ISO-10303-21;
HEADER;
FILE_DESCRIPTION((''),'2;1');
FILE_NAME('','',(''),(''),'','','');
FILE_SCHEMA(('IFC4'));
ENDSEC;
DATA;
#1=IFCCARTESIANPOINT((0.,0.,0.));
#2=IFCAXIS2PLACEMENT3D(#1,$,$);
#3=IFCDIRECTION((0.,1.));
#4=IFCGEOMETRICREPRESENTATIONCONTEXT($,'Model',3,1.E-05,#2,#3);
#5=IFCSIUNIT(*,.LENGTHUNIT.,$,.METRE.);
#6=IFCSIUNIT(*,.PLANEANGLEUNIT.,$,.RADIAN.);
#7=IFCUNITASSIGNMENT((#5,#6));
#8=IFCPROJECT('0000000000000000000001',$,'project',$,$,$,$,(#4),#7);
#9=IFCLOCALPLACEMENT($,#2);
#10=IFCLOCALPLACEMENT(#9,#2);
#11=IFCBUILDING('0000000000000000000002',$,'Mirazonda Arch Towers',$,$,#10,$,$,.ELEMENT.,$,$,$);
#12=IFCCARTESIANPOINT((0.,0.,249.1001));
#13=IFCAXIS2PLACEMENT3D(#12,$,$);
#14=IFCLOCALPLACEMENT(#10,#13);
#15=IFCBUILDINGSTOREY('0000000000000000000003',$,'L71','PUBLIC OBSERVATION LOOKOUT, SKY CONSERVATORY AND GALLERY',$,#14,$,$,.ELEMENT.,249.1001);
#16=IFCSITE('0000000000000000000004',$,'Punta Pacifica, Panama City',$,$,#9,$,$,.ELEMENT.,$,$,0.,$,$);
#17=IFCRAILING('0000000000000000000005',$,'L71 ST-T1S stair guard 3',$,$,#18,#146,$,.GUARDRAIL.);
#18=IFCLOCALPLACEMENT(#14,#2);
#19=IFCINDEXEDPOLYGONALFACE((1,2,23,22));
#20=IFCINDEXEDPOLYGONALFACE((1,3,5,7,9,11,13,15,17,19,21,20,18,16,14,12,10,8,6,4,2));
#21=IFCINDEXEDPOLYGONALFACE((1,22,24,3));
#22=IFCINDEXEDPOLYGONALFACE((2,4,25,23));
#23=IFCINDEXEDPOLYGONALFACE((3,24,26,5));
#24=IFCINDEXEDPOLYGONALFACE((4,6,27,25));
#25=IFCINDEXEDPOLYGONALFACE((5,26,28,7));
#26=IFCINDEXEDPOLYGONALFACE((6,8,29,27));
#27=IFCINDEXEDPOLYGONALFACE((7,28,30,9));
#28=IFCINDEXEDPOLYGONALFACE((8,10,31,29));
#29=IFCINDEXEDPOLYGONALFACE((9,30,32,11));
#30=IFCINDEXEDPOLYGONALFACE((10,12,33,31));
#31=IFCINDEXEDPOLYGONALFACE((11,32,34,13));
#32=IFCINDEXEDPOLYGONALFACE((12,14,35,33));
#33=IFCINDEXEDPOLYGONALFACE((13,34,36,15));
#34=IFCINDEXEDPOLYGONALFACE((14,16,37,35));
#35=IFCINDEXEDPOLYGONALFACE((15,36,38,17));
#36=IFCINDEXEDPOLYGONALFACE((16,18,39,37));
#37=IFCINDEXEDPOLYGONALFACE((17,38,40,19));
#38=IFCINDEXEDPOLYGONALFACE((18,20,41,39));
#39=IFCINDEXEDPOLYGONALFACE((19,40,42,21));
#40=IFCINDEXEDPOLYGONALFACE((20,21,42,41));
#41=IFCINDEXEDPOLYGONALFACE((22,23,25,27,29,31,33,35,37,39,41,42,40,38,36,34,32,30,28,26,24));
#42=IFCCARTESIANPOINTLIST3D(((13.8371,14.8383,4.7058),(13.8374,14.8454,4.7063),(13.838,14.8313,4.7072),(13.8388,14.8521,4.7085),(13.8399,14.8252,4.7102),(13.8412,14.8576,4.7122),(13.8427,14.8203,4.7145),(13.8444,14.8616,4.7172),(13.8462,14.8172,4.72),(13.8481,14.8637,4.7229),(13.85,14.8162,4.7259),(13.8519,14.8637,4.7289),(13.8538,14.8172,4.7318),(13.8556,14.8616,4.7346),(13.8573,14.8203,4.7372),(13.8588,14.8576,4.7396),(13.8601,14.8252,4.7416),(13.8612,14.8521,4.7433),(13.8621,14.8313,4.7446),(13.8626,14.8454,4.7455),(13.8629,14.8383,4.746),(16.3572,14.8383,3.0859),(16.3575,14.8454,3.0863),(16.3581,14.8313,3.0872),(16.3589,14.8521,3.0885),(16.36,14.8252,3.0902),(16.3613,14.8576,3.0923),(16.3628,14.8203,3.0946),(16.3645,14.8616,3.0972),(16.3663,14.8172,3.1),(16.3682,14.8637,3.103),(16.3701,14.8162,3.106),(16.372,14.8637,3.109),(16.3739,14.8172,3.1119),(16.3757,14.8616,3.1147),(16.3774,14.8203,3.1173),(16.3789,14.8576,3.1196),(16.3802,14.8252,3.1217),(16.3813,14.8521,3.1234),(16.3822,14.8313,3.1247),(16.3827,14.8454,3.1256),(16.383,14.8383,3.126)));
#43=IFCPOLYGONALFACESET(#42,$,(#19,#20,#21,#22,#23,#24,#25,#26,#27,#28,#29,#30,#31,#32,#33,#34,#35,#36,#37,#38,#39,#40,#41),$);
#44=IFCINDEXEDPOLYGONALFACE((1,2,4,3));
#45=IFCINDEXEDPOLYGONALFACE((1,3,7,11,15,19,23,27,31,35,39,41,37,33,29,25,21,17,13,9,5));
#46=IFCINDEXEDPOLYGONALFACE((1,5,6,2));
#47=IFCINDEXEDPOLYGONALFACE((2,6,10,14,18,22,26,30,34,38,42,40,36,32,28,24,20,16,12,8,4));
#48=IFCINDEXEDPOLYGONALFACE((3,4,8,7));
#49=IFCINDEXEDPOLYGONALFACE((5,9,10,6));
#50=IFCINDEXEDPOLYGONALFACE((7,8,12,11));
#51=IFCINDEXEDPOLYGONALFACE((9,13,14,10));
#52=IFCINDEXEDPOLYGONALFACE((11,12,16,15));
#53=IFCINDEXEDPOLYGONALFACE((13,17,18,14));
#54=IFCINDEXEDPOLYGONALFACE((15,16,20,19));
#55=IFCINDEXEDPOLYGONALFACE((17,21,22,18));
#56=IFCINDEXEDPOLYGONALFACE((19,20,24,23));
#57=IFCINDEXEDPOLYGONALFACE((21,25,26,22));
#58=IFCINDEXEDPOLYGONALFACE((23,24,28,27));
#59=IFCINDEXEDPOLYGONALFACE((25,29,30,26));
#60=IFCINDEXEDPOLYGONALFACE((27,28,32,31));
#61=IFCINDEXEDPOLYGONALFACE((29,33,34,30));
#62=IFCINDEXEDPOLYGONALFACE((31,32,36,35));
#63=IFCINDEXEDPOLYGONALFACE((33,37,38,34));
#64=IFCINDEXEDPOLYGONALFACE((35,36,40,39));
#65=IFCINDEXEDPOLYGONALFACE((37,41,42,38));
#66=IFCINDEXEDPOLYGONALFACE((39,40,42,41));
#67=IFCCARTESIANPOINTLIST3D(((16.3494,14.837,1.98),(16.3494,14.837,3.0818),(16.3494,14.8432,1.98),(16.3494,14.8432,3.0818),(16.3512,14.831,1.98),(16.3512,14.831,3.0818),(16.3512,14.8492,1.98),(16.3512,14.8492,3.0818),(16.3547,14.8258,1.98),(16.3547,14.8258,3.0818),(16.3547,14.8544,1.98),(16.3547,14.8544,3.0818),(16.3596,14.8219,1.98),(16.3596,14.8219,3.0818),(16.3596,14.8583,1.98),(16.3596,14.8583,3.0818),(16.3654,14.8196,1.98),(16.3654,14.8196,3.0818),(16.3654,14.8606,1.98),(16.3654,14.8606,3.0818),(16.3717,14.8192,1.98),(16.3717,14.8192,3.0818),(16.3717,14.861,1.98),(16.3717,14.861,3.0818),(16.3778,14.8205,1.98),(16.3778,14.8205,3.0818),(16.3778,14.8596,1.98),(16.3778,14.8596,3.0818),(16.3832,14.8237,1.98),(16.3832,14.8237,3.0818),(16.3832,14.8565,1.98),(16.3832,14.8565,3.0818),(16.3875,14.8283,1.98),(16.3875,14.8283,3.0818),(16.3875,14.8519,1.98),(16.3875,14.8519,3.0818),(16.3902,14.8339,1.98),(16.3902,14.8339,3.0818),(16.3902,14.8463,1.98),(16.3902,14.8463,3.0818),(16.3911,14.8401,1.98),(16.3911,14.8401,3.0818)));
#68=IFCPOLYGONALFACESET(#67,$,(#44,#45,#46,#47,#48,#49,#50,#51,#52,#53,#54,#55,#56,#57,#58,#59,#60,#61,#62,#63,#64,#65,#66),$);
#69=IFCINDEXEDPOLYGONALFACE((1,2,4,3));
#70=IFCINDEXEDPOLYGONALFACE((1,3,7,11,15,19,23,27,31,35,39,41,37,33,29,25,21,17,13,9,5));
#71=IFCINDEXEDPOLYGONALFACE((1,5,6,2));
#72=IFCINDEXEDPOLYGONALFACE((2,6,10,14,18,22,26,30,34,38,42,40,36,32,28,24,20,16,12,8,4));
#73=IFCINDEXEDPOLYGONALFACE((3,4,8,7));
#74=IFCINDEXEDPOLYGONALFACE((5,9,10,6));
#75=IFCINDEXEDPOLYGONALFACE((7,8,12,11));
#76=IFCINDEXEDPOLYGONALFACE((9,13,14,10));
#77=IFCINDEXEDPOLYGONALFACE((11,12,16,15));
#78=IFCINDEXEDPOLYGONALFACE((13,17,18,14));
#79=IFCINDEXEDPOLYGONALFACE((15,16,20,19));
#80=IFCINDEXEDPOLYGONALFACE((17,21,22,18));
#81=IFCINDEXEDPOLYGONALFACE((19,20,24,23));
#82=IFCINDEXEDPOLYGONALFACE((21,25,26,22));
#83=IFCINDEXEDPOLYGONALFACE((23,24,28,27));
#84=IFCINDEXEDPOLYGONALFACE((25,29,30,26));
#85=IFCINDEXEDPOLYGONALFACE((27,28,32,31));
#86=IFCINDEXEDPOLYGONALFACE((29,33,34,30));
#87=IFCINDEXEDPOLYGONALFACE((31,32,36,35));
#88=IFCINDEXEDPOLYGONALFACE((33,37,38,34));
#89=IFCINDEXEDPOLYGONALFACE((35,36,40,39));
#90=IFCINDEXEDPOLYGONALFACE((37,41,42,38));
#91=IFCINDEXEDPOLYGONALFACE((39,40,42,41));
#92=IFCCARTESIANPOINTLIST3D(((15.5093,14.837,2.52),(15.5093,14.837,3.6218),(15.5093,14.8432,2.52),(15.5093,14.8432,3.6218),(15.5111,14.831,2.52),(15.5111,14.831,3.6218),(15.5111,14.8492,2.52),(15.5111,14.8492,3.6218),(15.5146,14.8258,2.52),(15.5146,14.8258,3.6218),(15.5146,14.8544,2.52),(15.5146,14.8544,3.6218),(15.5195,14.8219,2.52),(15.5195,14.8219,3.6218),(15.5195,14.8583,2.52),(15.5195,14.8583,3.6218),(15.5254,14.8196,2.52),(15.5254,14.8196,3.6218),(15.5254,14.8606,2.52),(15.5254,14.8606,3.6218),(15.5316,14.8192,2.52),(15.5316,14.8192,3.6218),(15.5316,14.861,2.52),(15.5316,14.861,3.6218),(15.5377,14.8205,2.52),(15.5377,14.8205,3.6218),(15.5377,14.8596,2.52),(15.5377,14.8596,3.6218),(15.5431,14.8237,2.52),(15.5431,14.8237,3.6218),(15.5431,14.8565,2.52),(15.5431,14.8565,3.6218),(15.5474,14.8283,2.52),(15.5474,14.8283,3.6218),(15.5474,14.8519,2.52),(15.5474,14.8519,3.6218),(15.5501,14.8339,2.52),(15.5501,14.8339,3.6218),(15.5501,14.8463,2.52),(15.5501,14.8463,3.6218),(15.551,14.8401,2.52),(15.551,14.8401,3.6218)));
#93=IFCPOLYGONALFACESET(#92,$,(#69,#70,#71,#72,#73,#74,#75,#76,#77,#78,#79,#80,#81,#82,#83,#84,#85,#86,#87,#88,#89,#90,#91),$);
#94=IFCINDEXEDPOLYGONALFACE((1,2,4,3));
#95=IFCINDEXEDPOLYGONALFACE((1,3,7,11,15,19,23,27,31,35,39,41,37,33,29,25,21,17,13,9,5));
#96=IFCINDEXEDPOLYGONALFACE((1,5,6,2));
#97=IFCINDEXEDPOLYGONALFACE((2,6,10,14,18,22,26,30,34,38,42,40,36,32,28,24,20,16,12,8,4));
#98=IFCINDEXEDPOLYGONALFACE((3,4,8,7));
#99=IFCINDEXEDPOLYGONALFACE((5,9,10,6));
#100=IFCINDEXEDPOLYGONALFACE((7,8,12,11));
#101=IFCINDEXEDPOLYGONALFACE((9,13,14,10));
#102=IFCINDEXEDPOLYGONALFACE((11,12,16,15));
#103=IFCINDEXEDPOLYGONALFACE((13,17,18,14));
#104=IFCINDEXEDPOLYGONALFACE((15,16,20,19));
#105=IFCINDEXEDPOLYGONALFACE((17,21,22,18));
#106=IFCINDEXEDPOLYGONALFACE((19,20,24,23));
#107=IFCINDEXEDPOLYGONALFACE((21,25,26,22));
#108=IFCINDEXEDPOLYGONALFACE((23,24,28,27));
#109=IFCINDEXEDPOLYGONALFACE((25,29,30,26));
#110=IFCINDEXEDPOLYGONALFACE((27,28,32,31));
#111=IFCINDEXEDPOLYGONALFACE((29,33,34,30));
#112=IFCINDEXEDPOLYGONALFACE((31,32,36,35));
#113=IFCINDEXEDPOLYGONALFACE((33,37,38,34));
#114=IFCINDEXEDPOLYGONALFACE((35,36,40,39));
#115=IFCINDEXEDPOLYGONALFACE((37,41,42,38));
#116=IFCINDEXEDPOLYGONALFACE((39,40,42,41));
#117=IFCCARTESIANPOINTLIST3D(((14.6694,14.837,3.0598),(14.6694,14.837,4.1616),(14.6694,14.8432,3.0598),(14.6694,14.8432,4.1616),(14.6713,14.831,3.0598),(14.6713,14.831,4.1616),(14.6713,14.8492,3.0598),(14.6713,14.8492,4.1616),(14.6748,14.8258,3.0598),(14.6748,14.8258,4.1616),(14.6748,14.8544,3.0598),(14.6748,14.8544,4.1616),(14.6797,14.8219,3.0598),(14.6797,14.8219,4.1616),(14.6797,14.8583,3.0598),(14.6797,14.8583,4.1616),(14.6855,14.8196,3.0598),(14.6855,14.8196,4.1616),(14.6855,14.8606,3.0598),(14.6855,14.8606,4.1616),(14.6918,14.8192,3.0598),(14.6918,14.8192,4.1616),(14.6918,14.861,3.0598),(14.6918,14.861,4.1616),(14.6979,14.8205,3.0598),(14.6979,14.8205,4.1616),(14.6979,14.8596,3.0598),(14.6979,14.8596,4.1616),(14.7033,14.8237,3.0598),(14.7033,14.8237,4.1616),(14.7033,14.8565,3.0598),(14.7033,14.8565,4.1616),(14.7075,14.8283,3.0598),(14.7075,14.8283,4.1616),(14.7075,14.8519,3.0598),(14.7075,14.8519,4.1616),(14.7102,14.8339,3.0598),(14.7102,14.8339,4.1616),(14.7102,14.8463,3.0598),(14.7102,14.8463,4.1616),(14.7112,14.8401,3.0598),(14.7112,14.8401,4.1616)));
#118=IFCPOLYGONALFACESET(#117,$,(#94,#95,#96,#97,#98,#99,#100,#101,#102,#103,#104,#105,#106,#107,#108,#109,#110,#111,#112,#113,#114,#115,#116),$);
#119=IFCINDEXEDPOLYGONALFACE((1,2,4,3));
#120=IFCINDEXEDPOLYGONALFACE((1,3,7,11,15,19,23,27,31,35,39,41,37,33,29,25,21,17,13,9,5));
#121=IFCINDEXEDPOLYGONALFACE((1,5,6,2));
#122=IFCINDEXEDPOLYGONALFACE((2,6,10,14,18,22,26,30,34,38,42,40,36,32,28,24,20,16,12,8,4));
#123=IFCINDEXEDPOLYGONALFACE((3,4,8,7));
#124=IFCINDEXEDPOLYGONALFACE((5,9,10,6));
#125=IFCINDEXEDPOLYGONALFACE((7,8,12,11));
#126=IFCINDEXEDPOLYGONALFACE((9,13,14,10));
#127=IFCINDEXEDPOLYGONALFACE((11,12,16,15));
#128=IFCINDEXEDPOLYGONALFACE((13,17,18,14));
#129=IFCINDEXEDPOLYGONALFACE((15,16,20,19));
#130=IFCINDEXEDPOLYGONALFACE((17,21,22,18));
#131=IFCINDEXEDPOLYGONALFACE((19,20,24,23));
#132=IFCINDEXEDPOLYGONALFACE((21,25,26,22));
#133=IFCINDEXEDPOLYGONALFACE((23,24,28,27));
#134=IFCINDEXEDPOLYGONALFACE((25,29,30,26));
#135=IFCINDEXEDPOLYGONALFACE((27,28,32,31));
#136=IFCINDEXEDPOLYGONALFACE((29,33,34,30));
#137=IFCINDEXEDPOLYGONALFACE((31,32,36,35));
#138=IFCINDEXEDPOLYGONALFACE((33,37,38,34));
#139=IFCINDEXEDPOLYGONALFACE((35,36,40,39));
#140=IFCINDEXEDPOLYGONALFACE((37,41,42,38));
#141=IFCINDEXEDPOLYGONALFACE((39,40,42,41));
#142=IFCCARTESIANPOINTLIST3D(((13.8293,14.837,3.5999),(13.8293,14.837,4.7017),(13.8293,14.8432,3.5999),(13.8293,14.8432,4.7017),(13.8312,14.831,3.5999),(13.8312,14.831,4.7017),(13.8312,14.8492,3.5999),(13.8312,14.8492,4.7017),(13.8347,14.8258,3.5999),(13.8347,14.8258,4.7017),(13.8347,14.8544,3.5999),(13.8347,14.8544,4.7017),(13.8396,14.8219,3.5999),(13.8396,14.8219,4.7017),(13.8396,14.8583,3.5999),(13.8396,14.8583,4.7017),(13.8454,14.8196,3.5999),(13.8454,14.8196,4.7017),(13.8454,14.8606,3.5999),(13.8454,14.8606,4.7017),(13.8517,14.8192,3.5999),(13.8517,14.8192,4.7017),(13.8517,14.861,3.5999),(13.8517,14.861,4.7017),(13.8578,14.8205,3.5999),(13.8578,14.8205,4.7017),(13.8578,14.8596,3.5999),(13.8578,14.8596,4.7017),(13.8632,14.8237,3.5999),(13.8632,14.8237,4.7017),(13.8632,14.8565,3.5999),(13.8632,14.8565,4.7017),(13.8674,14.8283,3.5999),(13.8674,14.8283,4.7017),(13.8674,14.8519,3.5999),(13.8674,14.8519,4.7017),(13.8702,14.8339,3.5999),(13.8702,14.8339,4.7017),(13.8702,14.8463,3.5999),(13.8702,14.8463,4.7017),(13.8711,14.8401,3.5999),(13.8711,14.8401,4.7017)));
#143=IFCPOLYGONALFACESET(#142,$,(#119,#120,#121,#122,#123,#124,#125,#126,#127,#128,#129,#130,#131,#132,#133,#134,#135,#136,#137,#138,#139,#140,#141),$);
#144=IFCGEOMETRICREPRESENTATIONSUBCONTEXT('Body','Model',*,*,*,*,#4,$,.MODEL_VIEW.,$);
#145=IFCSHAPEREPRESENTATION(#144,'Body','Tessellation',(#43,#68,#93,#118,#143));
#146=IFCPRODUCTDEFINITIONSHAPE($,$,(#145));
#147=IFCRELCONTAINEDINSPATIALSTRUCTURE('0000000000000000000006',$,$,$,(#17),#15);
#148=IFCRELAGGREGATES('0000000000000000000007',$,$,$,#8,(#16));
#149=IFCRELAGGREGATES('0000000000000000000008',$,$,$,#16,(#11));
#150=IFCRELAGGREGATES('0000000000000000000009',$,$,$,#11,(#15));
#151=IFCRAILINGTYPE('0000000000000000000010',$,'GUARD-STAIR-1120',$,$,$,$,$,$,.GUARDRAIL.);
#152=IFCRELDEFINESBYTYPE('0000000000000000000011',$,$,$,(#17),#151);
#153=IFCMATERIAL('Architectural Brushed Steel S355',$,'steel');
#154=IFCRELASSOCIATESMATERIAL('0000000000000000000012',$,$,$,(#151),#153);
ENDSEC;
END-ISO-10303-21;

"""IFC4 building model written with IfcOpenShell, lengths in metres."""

from ifc_helpers import new_model, si_unit, direction, frame, origin, origin_2d, place, context, subcontext, project, spatial, circle, extrude, material, type_object, element, save


model = new_model("IFC4")

# Units and contexts
model_context = context("Model", 3, precision=1e-05, world=origin(), true_north=direction((0.0, 1.0)))
body_context = subcontext(model_context, "Body", "Model", "MODEL_VIEW")
ifc_project = project(units=[si_unit("LENGTHUNIT", "METRE"), si_unit("PLANEANGLEUNIT", "RADIAN")], contexts=[model_context])

# Site, building, storey
site_placement = place(None, origin())
site = spatial("IfcSite", under=ifc_project, at=site_placement, Name="Punta Pacifica, Panama City", CompositionType="ELEMENT", RefElevation=0.0)
building_placement = place(site_placement, origin())
building = spatial("IfcBuilding", under=site, at=building_placement, Name="Mirazonda Arch Towers", CompositionType="ELEMENT")
storey_placement = place(building_placement, frame((0.0, 0.0, 249.1001)))
storey = spatial("IfcBuildingStorey", under=building, at=storey_placement, Name="L71", Description="PUBLIC OBSERVATION LOOKOUT, SKY CONSERVATORY AND GALLERY", CompositionType="ELEMENT", Elevation=249.1001)

# Railing
ifc_material_1 = material(Name="Architectural Brushed Steel S355", Category="steel")
railing_type_1 = type_object("IfcRailingType", Name="GUARD-STAIR-1120", PredefinedType="GUARDRAIL", material=ifc_material_1)
railing_1_placement = place(storey_placement, frame((16.3701, 14.8401, 1.98)))
element("IfcRailing", 1, at=railing_1_placement, inside=storey, type_object=railing_type_1, Name="L71 ST-T1S stair guard 3", PredefinedType="GUARDRAIL", context=body_context, shape_type="SweptSolid", body=[
    extrude(circle(Radius=0.0239, at=origin_2d()), frame((0.0, 0.0, 1.126), z_axis=(-0.8412, 0.0, 0.540725), x_axis=(0.0, -1.0, 0.0)), (0.0, 0.0, 1.0), 2.9958),
    extrude(circle(Radius=0.021, at=origin_2d()), origin(), (0.0, 0.0, 1.0), 1.1018),
    extrude(circle(Radius=0.021, at=origin_2d()), frame((-0.8401, 0.0, 0.54)), (0.0, 0.0, 1.0), 1.1018),
    extrude(circle(Radius=0.021, at=origin_2d()), frame((-1.6799, 0.0, 1.0798)), (0.0, 0.0, 1.0), 1.1018),
    extrude(circle(Radius=0.021, at=origin_2d()), frame((-2.52, 0.0, 1.6199)), (0.0, 0.0, 1.0), 1.1018),
])

save(model, "model.ifc")
